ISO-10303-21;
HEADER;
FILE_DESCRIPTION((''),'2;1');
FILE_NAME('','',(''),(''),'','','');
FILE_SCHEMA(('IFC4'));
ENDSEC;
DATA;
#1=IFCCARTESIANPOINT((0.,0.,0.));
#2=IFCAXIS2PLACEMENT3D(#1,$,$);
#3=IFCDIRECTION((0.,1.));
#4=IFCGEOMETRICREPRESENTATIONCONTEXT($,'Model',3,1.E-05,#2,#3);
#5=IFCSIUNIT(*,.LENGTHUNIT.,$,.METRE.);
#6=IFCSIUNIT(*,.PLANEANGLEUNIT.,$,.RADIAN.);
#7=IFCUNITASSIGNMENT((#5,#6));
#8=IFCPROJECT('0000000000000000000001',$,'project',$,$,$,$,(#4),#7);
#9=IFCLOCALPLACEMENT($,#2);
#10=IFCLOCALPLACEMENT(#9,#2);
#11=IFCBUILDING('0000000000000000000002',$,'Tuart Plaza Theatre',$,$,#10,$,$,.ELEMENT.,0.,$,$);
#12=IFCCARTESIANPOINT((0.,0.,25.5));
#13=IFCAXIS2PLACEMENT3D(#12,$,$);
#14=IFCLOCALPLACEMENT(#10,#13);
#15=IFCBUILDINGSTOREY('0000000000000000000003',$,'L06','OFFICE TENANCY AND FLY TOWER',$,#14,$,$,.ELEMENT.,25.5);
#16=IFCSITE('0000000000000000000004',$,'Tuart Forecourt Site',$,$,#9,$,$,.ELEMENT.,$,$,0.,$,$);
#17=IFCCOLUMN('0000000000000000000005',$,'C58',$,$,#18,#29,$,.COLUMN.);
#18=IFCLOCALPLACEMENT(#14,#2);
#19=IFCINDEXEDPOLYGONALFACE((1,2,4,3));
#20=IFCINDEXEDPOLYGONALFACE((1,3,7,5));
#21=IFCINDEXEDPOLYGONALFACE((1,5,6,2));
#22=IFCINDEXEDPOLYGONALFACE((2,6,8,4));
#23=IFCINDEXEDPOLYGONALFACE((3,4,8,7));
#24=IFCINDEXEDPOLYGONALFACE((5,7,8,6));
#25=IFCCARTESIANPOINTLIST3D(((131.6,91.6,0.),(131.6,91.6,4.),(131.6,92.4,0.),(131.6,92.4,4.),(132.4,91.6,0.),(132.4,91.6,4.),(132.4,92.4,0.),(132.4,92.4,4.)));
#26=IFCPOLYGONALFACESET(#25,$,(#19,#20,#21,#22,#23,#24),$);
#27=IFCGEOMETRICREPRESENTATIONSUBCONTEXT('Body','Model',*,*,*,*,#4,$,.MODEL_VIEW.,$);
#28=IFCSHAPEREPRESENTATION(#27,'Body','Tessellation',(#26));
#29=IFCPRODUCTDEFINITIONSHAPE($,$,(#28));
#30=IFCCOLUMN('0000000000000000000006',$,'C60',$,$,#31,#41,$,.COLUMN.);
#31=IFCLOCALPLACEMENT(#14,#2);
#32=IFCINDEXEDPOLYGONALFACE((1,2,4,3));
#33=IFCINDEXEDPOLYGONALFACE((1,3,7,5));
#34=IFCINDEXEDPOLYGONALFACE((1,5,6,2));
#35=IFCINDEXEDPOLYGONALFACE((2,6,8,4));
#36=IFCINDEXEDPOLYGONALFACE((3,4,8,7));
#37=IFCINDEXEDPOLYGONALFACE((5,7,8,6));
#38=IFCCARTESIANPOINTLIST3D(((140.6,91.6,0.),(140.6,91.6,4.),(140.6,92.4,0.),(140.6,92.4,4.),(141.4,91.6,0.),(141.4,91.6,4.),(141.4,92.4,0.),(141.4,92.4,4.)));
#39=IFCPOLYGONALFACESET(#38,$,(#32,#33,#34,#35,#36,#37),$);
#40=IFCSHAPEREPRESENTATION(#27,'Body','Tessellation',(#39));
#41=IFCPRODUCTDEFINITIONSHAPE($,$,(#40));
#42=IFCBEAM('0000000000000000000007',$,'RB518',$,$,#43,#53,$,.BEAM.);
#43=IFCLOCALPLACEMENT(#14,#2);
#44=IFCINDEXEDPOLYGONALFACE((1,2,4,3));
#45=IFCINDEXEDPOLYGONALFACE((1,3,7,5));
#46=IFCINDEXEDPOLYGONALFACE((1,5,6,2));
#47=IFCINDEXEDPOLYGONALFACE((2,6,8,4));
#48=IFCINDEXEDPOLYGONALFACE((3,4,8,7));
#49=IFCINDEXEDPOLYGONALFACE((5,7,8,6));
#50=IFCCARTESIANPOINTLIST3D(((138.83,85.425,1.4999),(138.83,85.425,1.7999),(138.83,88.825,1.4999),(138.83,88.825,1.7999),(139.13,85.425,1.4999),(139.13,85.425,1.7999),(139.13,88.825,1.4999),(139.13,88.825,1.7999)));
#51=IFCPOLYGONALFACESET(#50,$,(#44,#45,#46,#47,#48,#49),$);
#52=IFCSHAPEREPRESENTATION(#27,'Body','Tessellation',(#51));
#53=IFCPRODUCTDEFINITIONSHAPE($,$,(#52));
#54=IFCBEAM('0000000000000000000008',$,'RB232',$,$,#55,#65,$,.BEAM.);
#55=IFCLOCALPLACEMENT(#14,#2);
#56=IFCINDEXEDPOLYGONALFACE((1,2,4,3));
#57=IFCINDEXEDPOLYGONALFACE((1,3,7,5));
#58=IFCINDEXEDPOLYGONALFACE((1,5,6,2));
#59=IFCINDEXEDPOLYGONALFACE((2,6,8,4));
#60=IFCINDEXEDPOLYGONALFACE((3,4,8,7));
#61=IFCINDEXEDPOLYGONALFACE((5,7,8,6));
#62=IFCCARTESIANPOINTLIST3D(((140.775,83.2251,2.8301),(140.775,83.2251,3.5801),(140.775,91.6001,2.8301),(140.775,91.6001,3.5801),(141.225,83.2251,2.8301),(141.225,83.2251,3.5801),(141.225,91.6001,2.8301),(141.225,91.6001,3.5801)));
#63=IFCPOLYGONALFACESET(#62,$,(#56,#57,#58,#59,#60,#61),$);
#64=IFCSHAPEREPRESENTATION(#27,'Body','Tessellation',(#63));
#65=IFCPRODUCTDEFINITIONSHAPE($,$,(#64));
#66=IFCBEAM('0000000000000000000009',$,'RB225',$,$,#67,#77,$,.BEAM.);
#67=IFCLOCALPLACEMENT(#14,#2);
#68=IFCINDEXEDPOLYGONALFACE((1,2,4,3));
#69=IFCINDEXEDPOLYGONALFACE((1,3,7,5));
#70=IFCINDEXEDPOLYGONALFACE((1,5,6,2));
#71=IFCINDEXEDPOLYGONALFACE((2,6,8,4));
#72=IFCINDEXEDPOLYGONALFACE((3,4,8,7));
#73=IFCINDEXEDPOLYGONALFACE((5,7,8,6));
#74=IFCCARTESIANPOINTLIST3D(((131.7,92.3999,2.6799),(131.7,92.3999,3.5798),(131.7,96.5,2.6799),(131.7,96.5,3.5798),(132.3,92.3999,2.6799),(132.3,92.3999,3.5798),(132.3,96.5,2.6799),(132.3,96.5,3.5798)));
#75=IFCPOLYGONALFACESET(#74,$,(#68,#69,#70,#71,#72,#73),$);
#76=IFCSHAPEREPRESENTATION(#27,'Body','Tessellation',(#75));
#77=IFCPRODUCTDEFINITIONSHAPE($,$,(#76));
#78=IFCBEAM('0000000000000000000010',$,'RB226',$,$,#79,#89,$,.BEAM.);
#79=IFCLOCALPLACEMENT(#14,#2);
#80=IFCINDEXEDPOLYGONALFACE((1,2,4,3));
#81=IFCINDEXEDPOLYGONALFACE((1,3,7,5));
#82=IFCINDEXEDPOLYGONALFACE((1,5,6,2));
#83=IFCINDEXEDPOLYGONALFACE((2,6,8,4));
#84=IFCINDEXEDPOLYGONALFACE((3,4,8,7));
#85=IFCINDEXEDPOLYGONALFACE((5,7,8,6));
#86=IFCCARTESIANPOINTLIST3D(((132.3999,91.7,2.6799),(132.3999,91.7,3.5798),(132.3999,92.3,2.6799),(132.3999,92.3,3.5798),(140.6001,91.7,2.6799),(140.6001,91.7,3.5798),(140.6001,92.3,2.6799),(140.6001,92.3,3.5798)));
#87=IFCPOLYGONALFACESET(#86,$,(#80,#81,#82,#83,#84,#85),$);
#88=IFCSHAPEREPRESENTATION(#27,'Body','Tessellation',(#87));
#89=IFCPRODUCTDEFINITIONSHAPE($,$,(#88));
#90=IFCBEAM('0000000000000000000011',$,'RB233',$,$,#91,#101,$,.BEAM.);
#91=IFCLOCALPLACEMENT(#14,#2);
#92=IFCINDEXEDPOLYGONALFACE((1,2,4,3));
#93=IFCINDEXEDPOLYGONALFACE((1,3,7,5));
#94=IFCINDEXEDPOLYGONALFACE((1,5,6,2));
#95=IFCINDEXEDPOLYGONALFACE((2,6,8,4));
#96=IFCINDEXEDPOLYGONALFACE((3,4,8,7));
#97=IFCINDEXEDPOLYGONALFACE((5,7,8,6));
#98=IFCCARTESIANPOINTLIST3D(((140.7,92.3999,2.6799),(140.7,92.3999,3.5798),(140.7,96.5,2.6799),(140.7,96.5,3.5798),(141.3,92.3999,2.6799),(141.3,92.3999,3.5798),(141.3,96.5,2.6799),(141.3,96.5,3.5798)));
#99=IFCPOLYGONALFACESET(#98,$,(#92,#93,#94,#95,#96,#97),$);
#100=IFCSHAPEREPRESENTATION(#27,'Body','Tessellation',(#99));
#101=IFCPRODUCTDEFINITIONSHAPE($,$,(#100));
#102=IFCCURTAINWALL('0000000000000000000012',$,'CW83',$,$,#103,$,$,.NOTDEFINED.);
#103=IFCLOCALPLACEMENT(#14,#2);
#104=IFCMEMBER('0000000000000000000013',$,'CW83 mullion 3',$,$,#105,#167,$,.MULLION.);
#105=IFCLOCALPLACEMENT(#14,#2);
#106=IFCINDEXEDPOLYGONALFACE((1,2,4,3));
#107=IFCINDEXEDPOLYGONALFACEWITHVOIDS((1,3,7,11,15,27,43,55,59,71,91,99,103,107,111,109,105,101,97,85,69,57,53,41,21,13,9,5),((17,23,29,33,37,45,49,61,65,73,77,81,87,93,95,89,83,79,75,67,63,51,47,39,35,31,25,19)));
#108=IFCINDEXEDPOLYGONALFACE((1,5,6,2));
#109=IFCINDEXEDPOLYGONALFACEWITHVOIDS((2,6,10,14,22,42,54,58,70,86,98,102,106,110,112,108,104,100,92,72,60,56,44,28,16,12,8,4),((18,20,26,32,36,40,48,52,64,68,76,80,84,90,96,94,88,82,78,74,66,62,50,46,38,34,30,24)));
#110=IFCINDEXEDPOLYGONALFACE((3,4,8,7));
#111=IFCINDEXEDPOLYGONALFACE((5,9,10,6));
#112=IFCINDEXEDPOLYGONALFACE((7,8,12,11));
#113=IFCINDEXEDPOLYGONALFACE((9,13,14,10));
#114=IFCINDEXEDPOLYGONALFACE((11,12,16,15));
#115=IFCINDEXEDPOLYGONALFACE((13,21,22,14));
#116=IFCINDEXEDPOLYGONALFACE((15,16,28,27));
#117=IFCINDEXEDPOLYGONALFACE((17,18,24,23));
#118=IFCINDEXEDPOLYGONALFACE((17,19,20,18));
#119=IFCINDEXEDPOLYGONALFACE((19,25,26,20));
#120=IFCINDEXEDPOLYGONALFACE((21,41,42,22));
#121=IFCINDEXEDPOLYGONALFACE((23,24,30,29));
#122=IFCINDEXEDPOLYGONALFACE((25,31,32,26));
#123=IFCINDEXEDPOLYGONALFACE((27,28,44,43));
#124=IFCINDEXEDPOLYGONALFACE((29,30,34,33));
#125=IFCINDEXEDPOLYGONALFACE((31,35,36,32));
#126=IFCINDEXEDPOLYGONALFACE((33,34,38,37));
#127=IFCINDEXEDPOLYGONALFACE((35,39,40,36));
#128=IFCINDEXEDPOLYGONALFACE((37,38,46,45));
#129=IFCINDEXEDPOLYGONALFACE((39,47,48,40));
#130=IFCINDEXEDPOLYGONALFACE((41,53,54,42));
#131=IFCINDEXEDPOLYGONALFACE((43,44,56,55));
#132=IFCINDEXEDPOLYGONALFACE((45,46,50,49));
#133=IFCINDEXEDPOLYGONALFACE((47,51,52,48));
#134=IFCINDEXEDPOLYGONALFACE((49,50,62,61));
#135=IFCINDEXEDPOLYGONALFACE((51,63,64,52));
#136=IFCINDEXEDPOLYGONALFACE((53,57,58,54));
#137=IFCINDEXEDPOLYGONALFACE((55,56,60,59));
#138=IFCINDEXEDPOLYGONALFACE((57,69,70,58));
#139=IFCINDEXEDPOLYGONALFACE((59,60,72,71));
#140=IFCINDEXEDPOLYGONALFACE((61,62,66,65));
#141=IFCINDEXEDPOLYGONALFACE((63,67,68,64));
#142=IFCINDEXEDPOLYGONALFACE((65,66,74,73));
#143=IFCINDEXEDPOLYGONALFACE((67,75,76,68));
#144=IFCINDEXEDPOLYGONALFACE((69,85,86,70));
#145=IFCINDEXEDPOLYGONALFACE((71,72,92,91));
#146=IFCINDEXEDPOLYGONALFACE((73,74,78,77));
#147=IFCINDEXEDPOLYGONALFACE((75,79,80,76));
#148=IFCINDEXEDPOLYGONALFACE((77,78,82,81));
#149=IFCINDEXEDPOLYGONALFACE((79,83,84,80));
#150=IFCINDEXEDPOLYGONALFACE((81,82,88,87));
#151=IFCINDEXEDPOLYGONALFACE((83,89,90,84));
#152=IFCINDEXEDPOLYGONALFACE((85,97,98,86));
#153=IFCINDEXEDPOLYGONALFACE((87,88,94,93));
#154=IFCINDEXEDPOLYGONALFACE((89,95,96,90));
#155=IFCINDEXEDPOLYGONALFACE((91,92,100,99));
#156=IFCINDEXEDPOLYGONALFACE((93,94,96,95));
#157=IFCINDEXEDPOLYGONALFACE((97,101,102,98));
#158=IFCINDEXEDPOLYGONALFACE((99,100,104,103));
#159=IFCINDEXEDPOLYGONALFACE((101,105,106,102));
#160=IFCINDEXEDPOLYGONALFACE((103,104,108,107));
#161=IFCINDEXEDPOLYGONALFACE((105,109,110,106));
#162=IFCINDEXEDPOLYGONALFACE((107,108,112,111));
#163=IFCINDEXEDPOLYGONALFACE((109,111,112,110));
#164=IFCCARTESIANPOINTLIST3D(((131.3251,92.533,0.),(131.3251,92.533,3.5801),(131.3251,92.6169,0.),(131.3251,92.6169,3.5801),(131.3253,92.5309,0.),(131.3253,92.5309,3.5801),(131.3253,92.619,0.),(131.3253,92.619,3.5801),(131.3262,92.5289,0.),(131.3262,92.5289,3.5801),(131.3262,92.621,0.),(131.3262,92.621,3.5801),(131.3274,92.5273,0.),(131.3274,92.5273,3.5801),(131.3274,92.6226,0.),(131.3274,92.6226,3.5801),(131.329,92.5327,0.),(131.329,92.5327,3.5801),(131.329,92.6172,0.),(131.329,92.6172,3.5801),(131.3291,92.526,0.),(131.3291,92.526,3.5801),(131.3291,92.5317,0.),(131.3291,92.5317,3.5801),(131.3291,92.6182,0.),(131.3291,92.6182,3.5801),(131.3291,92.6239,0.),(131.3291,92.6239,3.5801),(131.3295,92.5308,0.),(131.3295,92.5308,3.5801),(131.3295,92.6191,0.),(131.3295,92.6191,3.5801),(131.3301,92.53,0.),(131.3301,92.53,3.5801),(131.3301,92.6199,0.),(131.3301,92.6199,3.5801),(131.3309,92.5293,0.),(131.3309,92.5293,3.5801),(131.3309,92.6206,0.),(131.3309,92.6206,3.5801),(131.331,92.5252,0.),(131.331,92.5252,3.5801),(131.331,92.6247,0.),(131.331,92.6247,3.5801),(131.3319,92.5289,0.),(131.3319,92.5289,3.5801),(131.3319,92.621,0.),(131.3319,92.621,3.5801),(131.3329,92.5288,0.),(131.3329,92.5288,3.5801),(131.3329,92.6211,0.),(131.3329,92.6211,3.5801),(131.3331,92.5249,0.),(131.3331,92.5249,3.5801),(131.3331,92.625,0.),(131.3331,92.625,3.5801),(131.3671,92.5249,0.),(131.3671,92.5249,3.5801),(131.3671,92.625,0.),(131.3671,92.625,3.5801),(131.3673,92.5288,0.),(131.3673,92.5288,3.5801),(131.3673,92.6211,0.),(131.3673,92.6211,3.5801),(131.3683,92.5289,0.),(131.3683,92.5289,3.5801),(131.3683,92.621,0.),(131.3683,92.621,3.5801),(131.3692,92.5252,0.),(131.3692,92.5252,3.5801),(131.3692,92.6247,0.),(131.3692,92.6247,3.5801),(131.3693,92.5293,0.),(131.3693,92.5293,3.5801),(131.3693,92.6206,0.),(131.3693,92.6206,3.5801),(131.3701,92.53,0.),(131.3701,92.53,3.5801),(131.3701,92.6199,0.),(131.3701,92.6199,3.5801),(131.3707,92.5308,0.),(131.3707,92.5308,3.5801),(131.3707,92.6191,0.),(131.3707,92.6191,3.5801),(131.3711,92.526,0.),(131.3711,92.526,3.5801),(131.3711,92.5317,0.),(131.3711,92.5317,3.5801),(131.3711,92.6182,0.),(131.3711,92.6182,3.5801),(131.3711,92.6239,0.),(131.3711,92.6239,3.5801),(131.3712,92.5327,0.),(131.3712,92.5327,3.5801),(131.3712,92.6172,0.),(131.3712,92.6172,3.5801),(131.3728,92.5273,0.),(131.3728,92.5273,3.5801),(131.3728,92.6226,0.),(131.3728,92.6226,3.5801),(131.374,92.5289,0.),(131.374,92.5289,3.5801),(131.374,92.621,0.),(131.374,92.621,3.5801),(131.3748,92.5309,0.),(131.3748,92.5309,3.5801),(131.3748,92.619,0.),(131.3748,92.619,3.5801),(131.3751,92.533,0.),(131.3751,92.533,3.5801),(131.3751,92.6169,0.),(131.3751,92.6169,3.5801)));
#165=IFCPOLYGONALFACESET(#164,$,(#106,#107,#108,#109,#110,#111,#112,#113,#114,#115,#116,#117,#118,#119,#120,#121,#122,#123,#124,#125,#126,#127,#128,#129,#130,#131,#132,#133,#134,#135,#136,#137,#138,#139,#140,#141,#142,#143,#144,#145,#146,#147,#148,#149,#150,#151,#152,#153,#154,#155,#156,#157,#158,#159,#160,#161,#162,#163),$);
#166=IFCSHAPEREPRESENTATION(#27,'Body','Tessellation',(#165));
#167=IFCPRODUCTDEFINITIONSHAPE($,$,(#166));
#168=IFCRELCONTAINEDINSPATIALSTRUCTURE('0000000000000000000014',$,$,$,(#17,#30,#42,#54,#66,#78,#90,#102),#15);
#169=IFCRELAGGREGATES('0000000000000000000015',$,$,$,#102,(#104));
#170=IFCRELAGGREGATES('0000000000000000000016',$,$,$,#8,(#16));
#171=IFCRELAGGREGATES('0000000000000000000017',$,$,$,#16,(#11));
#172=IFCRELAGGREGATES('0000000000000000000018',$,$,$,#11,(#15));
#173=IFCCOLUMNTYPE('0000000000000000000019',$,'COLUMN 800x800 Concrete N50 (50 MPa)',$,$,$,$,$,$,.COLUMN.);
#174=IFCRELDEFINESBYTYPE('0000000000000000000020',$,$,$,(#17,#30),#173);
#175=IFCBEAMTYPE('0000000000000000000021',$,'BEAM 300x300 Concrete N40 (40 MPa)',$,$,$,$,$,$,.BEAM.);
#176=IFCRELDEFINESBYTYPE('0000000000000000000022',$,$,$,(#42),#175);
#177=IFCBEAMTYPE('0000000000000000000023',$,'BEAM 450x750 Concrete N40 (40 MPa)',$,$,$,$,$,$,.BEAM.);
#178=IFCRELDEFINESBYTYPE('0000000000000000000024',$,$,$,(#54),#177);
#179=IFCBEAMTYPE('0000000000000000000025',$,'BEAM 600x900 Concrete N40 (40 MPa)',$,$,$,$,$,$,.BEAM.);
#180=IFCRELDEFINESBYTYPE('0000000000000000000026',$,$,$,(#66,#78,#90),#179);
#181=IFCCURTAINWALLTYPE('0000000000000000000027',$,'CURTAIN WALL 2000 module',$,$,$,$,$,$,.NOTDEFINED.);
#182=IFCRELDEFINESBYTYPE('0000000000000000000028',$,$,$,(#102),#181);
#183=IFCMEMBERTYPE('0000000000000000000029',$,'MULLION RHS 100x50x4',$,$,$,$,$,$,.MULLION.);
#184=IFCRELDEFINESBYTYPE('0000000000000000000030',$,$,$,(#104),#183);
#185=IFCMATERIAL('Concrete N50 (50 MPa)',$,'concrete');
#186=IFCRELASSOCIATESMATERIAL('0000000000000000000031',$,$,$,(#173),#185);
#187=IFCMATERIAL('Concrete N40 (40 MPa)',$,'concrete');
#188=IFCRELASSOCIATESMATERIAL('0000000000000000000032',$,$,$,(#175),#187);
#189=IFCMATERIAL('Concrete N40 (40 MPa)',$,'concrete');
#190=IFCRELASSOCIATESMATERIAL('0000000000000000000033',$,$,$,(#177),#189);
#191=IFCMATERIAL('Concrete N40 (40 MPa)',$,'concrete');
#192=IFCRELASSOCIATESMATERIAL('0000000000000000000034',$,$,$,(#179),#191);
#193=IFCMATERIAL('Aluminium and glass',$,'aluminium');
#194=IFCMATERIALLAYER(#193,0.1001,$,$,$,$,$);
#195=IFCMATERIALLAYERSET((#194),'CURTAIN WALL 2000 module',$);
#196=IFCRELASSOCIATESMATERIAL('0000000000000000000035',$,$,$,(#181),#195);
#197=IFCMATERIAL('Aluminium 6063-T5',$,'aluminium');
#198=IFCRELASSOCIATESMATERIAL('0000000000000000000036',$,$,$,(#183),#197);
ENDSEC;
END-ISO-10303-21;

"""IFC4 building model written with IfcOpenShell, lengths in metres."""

from ifc_helpers import new_model, si_unit, direction, frame, origin, origin_2d, place, context, subcontext, project, spatial, rectangle, hollow_rectangle, extrude, material, layer, layer_set, material_profile, profile_set, type_object, element, aggregate, save


model = new_model("IFC4")

# Units and contexts
model_context = context("Model", 3, precision=1e-05, world=origin(), true_north=direction((0.0, 1.0)))
body_context = subcontext(model_context, "Body", "Model", "MODEL_VIEW")
ifc_project = project(units=[si_unit("LENGTHUNIT", "METRE"), si_unit("PLANEANGLEUNIT", "RADIAN")], contexts=[model_context])

# Site, building, storey
site_placement = place(None, origin())
site = spatial("IfcSite", under=ifc_project, at=site_placement, Name="Tuart Forecourt Site", CompositionType="ELEMENT", RefElevation=0.0)
building_placement = place(site_placement, origin())
building = spatial("IfcBuilding", under=site, at=building_placement, Name="Tuart Plaza Theatre", CompositionType="ELEMENT", ElevationOfRefHeight=0.0)
storey_placement = place(building_placement, frame((0.0, 0.0, 25.5)))
storey = spatial("IfcBuildingStorey", under=building, at=storey_placement, Name="L06", Description="OFFICE TENANCY AND FLY TOWER", CompositionType="ELEMENT", Elevation=25.5)

# Columns
ifc_material_1 = material(Name="Concrete N50 (50 MPa)", Category="concrete")
ifc_material_profile_1 = material_profile(ifc_material_1, rectangle(XDim=0.8, YDim=0.8, at=origin_2d()), Name="COLUMN 800x800 Concrete N50 (50 MPa)")
ifc_profile_set_1 = profile_set([ifc_material_profile_1], Name="Concrete N50 (50 MPa)")
column_type = type_object("IfcColumnType", Name="COLUMN 800x800 Concrete N50 (50 MPa)", PredefinedType="COLUMN", material=ifc_profile_set_1)
for number, where, z_axis, x_axis, name in (
    (1, (132.0, 92.0, 0.0), (0.0, 0.0, 1.0), (1.0, 0.0, 0.0), "C58"),
    (2, (141.0, 92.0, 0.0), (0.0, 0.0, 1.0), (1.0, 0.0, 0.0), "C60"),
):
    element("IfcColumn", number, at=place(storey_placement, frame(where, z_axis=z_axis, x_axis=x_axis)), inside=storey, type_object=column_type, Name=name, PredefinedType="COLUMN", context=body_context, shape_type="SweptSolid", body=[
        extrude(rectangle(XDim=0.8, YDim=0.8, at=origin_2d()), origin(), (0.0, 0.0, 1.0), 4.0),
    ])

# Beams
ifc_material_2 = material(Name="Concrete N40 (40 MPa)", Category="concrete")
ifc_material_profile_2 = material_profile(ifc_material_2, rectangle(XDim=0.3, YDim=0.3, at=origin_2d()), Name="BEAM 300x300 Concrete N40 (40 MPa)")
ifc_profile_set_2 = profile_set([ifc_material_profile_2], Name="Concrete N40 (40 MPa)")
beam_type_1 = type_object("IfcBeamType", Name="BEAM 300x300 Concrete N40 (40 MPa)", PredefinedType="BEAM", material=ifc_profile_set_2)
beam_1_placement = place(storey_placement, frame((138.98, 85.425, 1.6499), z_axis=(0.0, 1.0, 0.0), x_axis=(-1.0, 0.0, 0.0)))
element("IfcBeam", 3, at=beam_1_placement, inside=storey, type_object=beam_type_1, Name="RB518", PredefinedType="BEAM", context=body_context, shape_type="SweptSolid", body=[
    extrude(rectangle(XDim=0.3, YDim=0.3, at=origin_2d()), origin(), (0.0, 0.0, 1.0), 3.3999),
])
ifc_material_3 = material(Name="Concrete N40 (40 MPa)", Category="concrete")
ifc_material_profile_3 = material_profile(ifc_material_3, rectangle(XDim=0.45, YDim=0.75, at=origin_2d()), Name="BEAM 450x750 Concrete N40 (40 MPa)")
ifc_profile_set_3 = profile_set([ifc_material_profile_3], Name="Concrete N40 (40 MPa)")
beam_type_2 = type_object("IfcBeamType", Name="BEAM 450x750 Concrete N40 (40 MPa)", PredefinedType="BEAM", material=ifc_profile_set_3)
beam_2_placement = place(storey_placement, frame((141.0, 83.2251, 3.2051), z_axis=(0.0, 1.0, 0.0), x_axis=(-1.0, 0.0, 0.0)))
element("IfcBeam", 4, at=beam_2_placement, inside=storey, type_object=beam_type_2, Name="RB232", PredefinedType="BEAM", context=body_context, shape_type="SweptSolid", body=[
    extrude(rectangle(XDim=0.45, YDim=0.75, at=origin_2d()), origin(), (0.0, 0.0, 1.0), 8.375),
])
ifc_material_4 = material(Name="Concrete N40 (40 MPa)", Category="concrete")
ifc_material_profile_4 = material_profile(ifc_material_4, rectangle(XDim=0.6001, YDim=0.8999, at=origin_2d()), Name="BEAM 600x900 Concrete N40 (40 MPa)")
ifc_profile_set_4 = profile_set([ifc_material_profile_4], Name="Concrete N40 (40 MPa)")
beam_type_3 = type_object("IfcBeamType", Name="BEAM 600x900 Concrete N40 (40 MPa)", PredefinedType="BEAM", material=ifc_profile_set_4)
beam_3_placement = place(storey_placement, frame((132.0, 92.3999, 3.1299), z_axis=(0.0, 1.0, 0.0), x_axis=(-1.0, 0.0, 0.0)))
element("IfcBeam", 5, at=beam_3_placement, inside=storey, type_object=beam_type_3, Name="RB225", PredefinedType="BEAM", context=body_context, shape_type="SweptSolid", body=[
    extrude(rectangle(XDim=0.6001, YDim=0.8999, at=origin_2d()), origin(), (0.0, 0.0, 1.0), 4.1001),
])
beam_4_placement = place(storey_placement, frame((132.3999, 92.0, 3.1299), z_axis=(1.0, 0.0, 0.0), x_axis=(0.0, 1.0, 0.0)))
element("IfcBeam", 6, at=beam_4_placement, inside=storey, type_object=beam_type_3, Name="RB226", PredefinedType="BEAM", context=body_context, shape_type="SweptSolid", body=[
    extrude(rectangle(XDim=0.6001, YDim=0.8999, at=origin_2d()), origin(), (0.0, 0.0, 1.0), 8.2002),
])
beam_5_placement = place(storey_placement, frame((141.0, 92.3999, 3.1299), z_axis=(0.0, 1.0, 0.0), x_axis=(-1.0, 0.0, 0.0)))
element("IfcBeam", 7, at=beam_5_placement, inside=storey, type_object=beam_type_3, Name="RB233", PredefinedType="BEAM", context=body_context, shape_type="SweptSolid", body=[
    extrude(rectangle(XDim=0.6001, YDim=0.8999, at=origin_2d()), origin(), (0.0, 0.0, 1.0), 4.1001),
])

# Curtain wall, member
ifc_material_5 = material(Name="Aluminium and glass", Category="aluminium")
ifc_layer_1 = layer(ifc_material_5, 0.1001)
ifc_layer_set_1 = layer_set([ifc_layer_1], Name="CURTAIN WALL 2000 module")
curtain_wall_type = type_object("IfcCurtainWallType", Name="CURTAIN WALL 2000 module", PredefinedType="NOTDEFINED", material=ifc_layer_set_1)
curtain_wall_1_placement = place(storey_placement, origin())
curtain_wall_1 = element("IfcCurtainWall", 8, at=curtain_wall_1_placement, inside=storey, type_object=curtain_wall_type, Name="CW83", PredefinedType="NOTDEFINED")
ifc_material_6 = material(Name="Aluminium 6063-T5", Category="aluminium")
ifc_material_profile_5 = material_profile(ifc_material_6, hollow_rectangle(XDim=0.05, YDim=0.1001, WallThickness=0.0039, InnerFilletRadius=0.0039, OuterFilletRadius=0.0081, at=origin_2d()), Name="RHS 100x50x4")
ifc_profile_set_5 = profile_set([ifc_material_profile_5], Name="Aluminium 6063-T5")
member_type_1 = type_object("IfcMemberType", Name="MULLION RHS 100x50x4", PredefinedType="MULLION", material=ifc_profile_set_5)
member_1_placement = place(storey_placement, frame((131.3501, 92.575, 0.0), z_axis=(0.0, 0.0, 1.0), x_axis=(1.0, 0.0, 0.0)))
member_1 = element("IfcMember", 9, at=member_1_placement, type_object=member_type_1, Name="CW83 mullion 3", PredefinedType="MULLION", context=body_context, shape_type="SweptSolid", body=[
    extrude(hollow_rectangle(XDim=0.05, YDim=0.1001, WallThickness=0.0039, InnerFilletRadius=0.0039, OuterFilletRadius=0.0081, at=origin_2d()), origin(), (0.0, 0.0, 1.0), 3.5801),
])
aggregate(curtain_wall_1, [member_1])

save(model, "model.ifc")
